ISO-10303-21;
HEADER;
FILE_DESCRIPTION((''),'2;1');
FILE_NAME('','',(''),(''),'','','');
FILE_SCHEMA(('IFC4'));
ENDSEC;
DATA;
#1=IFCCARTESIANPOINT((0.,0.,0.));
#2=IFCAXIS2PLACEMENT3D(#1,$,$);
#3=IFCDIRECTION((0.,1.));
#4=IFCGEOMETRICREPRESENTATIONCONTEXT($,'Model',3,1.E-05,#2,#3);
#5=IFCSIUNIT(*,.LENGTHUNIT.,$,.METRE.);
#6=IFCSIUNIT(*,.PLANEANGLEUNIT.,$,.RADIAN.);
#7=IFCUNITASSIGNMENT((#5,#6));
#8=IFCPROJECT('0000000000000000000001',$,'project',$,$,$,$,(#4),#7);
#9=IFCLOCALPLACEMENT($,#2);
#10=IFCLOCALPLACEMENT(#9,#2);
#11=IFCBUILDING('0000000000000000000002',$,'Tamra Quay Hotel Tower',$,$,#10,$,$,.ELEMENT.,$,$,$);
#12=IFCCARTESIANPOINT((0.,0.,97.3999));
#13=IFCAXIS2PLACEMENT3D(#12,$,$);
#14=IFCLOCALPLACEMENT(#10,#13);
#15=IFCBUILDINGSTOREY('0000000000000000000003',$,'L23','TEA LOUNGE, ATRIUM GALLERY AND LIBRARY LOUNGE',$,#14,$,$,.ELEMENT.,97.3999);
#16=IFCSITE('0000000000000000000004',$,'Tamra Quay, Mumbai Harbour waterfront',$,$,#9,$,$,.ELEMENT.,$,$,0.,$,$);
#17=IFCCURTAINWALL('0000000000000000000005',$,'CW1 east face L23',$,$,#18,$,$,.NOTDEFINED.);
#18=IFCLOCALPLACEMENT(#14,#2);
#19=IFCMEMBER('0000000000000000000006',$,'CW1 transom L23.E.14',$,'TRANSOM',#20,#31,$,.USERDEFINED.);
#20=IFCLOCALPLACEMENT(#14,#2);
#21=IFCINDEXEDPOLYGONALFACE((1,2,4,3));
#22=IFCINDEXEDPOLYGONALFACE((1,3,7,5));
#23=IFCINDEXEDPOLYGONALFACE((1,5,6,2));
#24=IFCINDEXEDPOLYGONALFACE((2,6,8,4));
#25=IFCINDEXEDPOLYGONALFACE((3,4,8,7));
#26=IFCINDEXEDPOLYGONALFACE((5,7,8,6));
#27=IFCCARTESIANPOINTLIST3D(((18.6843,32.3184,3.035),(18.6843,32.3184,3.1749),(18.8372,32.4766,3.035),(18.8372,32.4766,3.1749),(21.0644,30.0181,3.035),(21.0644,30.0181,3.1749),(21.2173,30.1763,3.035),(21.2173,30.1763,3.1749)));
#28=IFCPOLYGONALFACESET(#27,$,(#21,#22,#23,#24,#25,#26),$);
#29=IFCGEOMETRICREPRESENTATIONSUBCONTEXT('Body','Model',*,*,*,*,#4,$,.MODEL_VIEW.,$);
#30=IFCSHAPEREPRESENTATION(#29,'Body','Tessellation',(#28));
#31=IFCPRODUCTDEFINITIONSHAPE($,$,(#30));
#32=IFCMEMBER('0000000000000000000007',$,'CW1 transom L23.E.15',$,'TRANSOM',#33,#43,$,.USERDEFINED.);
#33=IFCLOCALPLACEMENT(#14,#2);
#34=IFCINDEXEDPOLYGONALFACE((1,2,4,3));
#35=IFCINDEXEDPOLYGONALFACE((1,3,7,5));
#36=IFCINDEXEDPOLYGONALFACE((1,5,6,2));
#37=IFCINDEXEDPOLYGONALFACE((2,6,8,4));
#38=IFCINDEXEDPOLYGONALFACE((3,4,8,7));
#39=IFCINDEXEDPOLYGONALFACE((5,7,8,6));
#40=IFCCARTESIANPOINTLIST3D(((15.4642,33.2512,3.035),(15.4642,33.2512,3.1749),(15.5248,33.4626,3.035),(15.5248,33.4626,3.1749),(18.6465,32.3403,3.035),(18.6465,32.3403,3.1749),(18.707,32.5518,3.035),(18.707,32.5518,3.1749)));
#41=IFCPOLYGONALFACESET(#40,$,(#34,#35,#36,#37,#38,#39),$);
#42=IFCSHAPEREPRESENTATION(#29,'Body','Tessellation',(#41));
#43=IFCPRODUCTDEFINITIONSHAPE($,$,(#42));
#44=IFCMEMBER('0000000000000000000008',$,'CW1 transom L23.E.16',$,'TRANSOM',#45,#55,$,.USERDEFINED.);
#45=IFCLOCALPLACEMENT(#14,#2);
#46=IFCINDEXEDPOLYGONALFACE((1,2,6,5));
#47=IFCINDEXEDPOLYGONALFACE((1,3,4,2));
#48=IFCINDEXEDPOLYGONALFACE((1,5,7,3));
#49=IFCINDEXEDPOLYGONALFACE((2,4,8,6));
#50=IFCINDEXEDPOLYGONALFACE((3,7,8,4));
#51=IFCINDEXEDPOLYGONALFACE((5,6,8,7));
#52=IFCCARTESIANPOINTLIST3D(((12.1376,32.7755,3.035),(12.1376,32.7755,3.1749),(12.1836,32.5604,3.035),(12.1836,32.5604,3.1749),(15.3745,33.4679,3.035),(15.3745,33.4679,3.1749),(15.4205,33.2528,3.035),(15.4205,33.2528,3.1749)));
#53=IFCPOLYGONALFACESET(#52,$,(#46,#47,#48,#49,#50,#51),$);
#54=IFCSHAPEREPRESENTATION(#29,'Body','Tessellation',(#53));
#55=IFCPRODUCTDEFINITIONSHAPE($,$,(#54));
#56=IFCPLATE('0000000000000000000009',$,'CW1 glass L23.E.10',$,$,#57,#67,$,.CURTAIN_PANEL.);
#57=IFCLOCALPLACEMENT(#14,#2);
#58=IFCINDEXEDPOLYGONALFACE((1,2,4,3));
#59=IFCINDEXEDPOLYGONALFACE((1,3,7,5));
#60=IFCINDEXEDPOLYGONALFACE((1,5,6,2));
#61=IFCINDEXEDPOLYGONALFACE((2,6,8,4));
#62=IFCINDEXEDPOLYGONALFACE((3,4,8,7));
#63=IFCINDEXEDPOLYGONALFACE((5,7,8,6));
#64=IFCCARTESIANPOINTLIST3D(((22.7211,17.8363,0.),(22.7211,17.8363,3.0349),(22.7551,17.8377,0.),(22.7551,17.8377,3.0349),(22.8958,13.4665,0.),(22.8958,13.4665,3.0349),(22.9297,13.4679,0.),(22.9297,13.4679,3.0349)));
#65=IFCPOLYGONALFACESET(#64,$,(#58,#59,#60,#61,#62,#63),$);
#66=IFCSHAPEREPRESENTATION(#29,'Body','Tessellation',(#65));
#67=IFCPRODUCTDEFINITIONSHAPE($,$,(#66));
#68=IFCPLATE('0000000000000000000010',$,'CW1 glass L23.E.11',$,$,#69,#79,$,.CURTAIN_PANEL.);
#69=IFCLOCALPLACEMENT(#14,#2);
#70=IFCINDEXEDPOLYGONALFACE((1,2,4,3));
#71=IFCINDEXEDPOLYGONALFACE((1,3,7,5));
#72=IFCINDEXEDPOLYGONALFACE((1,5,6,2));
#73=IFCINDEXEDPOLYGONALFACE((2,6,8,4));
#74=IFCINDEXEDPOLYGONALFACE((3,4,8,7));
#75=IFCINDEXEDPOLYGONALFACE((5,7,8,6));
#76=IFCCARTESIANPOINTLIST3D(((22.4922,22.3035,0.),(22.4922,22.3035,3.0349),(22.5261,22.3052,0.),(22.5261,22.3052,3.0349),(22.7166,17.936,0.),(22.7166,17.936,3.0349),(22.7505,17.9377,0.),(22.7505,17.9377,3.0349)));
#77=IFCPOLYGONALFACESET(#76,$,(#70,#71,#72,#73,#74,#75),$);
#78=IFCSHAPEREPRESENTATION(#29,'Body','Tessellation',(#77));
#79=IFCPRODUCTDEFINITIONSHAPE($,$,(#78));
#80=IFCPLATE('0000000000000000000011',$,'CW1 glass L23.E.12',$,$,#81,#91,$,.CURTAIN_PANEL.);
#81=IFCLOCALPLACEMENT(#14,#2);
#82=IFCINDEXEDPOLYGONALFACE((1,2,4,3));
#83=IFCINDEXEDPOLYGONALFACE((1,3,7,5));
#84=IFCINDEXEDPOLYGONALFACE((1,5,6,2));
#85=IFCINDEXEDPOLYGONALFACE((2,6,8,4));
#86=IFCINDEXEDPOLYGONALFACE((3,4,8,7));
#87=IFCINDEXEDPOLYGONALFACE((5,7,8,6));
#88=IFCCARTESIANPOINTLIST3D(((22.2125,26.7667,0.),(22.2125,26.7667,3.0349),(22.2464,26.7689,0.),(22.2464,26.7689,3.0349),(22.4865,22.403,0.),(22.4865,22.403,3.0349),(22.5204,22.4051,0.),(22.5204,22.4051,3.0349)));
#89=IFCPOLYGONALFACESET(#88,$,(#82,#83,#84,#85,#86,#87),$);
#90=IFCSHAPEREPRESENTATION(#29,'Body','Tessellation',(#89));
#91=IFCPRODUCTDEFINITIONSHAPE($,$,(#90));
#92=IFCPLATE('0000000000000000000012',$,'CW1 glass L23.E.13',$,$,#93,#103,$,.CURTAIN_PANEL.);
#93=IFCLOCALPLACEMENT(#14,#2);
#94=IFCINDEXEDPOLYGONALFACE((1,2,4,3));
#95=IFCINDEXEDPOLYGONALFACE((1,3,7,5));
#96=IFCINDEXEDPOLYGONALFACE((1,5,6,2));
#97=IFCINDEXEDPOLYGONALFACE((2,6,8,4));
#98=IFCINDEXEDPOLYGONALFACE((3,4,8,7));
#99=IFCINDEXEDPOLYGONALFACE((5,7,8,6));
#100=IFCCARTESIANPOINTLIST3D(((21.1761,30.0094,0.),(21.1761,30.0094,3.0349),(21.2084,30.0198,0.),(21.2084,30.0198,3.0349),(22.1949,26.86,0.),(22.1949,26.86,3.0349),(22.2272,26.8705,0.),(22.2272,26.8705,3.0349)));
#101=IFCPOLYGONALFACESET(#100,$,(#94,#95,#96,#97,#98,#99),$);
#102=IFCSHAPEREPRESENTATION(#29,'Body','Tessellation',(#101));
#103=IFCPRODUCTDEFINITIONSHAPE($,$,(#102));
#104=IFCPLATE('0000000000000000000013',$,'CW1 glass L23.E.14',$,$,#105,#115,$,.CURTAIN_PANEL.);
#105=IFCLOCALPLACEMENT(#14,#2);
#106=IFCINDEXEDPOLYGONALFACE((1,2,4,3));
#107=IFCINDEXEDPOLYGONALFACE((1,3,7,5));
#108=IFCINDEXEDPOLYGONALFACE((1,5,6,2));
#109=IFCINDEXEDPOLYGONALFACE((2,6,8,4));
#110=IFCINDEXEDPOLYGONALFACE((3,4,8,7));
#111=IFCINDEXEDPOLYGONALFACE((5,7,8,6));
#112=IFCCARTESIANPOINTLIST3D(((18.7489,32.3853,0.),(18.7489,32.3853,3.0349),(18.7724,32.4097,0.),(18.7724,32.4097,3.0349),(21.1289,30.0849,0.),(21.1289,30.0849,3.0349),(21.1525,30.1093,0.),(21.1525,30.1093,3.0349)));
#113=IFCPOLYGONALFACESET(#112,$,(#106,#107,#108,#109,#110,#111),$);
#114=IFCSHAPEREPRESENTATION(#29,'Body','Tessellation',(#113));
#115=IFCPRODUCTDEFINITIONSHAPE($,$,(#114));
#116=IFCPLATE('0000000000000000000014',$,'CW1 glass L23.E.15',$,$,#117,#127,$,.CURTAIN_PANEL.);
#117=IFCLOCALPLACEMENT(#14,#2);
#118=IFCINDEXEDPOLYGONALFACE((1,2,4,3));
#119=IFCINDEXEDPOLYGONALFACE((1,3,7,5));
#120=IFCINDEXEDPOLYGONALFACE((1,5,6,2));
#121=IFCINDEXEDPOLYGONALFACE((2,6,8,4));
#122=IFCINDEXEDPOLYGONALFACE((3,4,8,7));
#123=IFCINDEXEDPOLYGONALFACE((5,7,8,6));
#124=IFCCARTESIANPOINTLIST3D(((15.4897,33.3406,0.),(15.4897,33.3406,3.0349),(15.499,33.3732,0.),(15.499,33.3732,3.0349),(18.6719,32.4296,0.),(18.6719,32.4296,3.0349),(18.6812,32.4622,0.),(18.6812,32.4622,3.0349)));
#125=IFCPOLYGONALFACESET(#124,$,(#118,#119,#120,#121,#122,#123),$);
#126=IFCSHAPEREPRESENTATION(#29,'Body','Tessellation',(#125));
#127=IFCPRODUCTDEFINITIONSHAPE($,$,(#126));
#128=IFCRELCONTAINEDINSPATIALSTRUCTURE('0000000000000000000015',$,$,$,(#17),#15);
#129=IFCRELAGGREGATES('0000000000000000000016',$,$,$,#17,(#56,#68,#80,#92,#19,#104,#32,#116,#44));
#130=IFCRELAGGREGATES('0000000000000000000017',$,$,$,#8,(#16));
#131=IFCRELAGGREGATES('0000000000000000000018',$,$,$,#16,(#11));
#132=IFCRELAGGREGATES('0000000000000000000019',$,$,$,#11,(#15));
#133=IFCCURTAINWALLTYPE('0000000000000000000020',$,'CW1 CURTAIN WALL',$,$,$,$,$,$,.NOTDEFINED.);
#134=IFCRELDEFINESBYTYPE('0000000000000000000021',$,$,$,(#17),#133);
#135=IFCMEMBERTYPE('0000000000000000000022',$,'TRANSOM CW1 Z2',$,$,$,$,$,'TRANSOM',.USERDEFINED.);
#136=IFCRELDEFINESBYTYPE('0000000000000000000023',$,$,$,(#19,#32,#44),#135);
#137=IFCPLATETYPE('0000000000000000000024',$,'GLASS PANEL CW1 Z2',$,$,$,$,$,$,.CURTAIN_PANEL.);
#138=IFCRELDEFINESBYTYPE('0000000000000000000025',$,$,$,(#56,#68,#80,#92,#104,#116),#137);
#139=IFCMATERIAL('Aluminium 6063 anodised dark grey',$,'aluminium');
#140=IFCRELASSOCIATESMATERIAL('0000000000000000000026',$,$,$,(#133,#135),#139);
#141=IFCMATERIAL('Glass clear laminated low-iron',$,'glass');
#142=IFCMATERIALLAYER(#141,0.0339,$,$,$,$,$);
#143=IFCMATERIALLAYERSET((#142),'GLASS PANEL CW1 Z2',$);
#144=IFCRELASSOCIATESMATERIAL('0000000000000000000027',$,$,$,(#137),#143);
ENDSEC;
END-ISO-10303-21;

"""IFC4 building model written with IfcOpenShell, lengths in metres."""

from ifc_helpers import new_model, si_unit, direction, frame, origin, origin_2d, place, context, subcontext, project, spatial, rectangle, extrude, material, layer, layer_set, material_profile, profile_set, type_object, element, aggregate, save


model = new_model("IFC4")

# Units and contexts
model_context = context("Model", 3, precision=1e-05, world=origin(), true_north=direction((0.0, 1.0)))
body_context = subcontext(model_context, "Body", "Model", "MODEL_VIEW")
ifc_project = project(units=[si_unit("LENGTHUNIT", "METRE"), si_unit("PLANEANGLEUNIT", "RADIAN")], contexts=[model_context])

# Site, building, storey
site_placement = place(None, origin())
site = spatial("IfcSite", under=ifc_project, at=site_placement, Name="Tamra Quay, Mumbai Harbour waterfront", CompositionType="ELEMENT", RefElevation=0.0)
building_placement = place(site_placement, origin())
building = spatial("IfcBuilding", under=site, at=building_placement, Name="Tamra Quay Hotel Tower", CompositionType="ELEMENT")
storey_placement = place(building_placement, frame((0.0, 0.0, 97.3999)))
storey = spatial("IfcBuildingStorey", under=building, at=storey_placement, Name="L23", Description="TEA LOUNGE, ATRIUM GALLERY AND LIBRARY LOUNGE", CompositionType="ELEMENT", Elevation=97.3999)

# Curtain wall
ifc_material_1 = material(Name="Aluminium 6063 anodised dark grey", Category="aluminium")
curtain_wall_type = type_object("IfcCurtainWallType", Name="CW1 CURTAIN WALL", PredefinedType="NOTDEFINED", material=ifc_material_1)
curtain_wall_placement = place(storey_placement, origin())
curtain_wall = element("IfcCurtainWall", 1, at=curtain_wall_placement, inside=storey, type_object=curtain_wall_type, Name="CW1 east face L23", PredefinedType="NOTDEFINED")

# Members
ifc_material_profile_1 = material_profile(ifc_material_1, rectangle(XDim=0.22, YDim=0.1399, at=origin_2d()), Name="TRANSOM 220X140")
ifc_profile_set_1 = profile_set([ifc_material_profile_1], Name="Aluminium 6063 anodised dark grey")
member_type_1 = type_object("IfcMemberType", Name="TRANSOM CW1 Z2", ElementType="TRANSOM", PredefinedType="USERDEFINED", material=ifc_profile_set_1)
member_1_placement = place(storey_placement, frame((21.1409, 30.0972, 3.105), z_axis=(-0.719063, 0.694945, 0.0), x_axis=(-0.694945, -0.719063, 0.0)))
member_1 = element("IfcMember", 2, at=member_1_placement, type_object=member_type_1, Name="CW1 transom L23.E.14", ObjectType="TRANSOM", PredefinedType="USERDEFINED", context=body_context, shape_type="SweptSolid", body=[
    extrude(rectangle(XDim=0.22, YDim=0.1399, at=origin_2d()), origin(), (0.0, 0.0, 1.0), 3.3101),
])
member_2_placement = place(storey_placement, frame((18.6768, 32.446, 3.105), z_axis=(-0.961393, 0.275179, 0.0), x_axis=(-0.275179, -0.961393, 0.0)))
member_2 = element("IfcMember", 3, at=member_2_placement, type_object=member_type_1, Name="CW1 transom L23.E.15", ObjectType="TRANSOM", PredefinedType="USERDEFINED", context=body_context, shape_type="SweptSolid", body=[
    extrude(rectangle(XDim=0.22, YDim=0.1399, at=origin_2d()), origin(), (0.0, 0.0, 1.0), 3.3101),
])
member_3_placement = place(storey_placement, frame((15.3975, 33.3604, 3.105), z_axis=(-0.977878, -0.209176, 0.0), x_axis=(0.209176, -0.977878, 0.0)))
member_3 = element("IfcMember", 4, at=member_3_placement, type_object=member_type_1, Name="CW1 transom L23.E.16", ObjectType="TRANSOM", PredefinedType="USERDEFINED", context=body_context, shape_type="SweptSolid", body=[
    extrude(rectangle(XDim=0.22, YDim=0.1399, at=origin_2d()), origin(), (0.0, 0.0, 1.0), 3.3101),
])

# Plates
ifc_material_2 = material(Name="Glass clear laminated low-iron", Category="glass")
ifc_layer = layer(ifc_material_2, 0.0339)
ifc_layer_set = layer_set([ifc_layer], Name="GLASS PANEL CW1 Z2")
plate_type = type_object("IfcPlateType", Name="GLASS PANEL CW1 Z2", PredefinedType="CURTAIN_PANEL", material=ifc_layer_set)
plate_1_placement = place(storey_placement, frame((22.8254, 15.6521, 0.0), z_axis=(0.0, 0.0, 1.0), x_axis=(-0.039944, 0.999202, 0.0)))
plate_1 = element("IfcPlate", 5, at=plate_1_placement, type_object=plate_type, Name="CW1 glass L23.E.10", PredefinedType="CURTAIN_PANEL", context=body_context, shape_type="SweptSolid", body=[
    extrude(rectangle(XDim=4.3733, YDim=0.0339, at=origin_2d()), origin(), (0.0, 0.0, 1.0), 3.0349),
])
plate_2_placement = place(storey_placement, frame((22.6213, 20.1206, 0.0), z_axis=(0.0, 0.0, 1.0), x_axis=(-0.051321, 0.998682, 0.0)))
plate_2 = element("IfcPlate", 6, at=plate_2_placement, type_object=plate_type, Name="CW1 glass L23.E.11", PredefinedType="CURTAIN_PANEL", context=body_context, shape_type="SweptSolid", body=[
    extrude(rectangle(XDim=4.3733, YDim=0.0339, at=origin_2d()), origin(), (0.0, 0.0, 1.0), 3.0349),
])
plate_3_placement = place(storey_placement, frame((22.3665, 24.5859, 0.0), z_axis=(0.0, 0.0, 1.0), x_axis=(-0.06267, 0.998034, 0.0)))
plate_3 = element("IfcPlate", 7, at=plate_3_placement, type_object=plate_type, Name="CW1 glass L23.E.12", PredefinedType="CURTAIN_PANEL", context=body_context, shape_type="SweptSolid", body=[
    extrude(rectangle(XDim=4.3723, YDim=0.0339, at=origin_2d()), origin(), (0.0, 0.0, 1.0), 3.0349),
])
plate_4_placement = place(storey_placement, frame((21.7017, 28.4399, 0.0), z_axis=(0.0, 0.0, 1.0), x_axis=(-0.307791, 0.951454, 0.0)))
plate_4 = element("IfcPlate", 8, at=plate_4_placement, type_object=plate_type, Name="CW1 glass L23.E.13", PredefinedType="CURTAIN_PANEL", context=body_context, shape_type="SweptSolid", body=[
    extrude(rectangle(XDim=3.3101, YDim=0.0339, at=origin_2d()), origin(), (0.0, 0.0, 1.0), 3.0349),
])
plate_5_placement = place(storey_placement, frame((19.9507, 31.2473, 0.0), z_axis=(0.0, 0.0, 1.0), x_axis=(-0.719041, 0.694967, 0.0)))
plate_5 = element("IfcPlate", 9, at=plate_5_placement, type_object=plate_type, Name="CW1 glass L23.E.14", PredefinedType="CURTAIN_PANEL", context=body_context, shape_type="SweptSolid", body=[
    extrude(rectangle(XDim=3.3101, YDim=0.0339, at=origin_2d()), origin(), (0.0, 0.0, 1.0), 3.0349),
])
plate_6_placement = place(storey_placement, frame((17.0854, 32.9014, 0.0), z_axis=(0.0, 0.0, 1.0), x_axis=(-0.96138, 0.275224, 0.0)))
plate_6 = element("IfcPlate", 10, at=plate_6_placement, type_object=plate_type, Name="CW1 glass L23.E.15", PredefinedType="CURTAIN_PANEL", context=body_context, shape_type="SweptSolid", body=[
    extrude(rectangle(XDim=3.3101, YDim=0.0339, at=origin_2d()), origin(), (0.0, 0.0, 1.0), 3.0349),
])
aggregate(curtain_wall, [plate_1, plate_2, plate_3, plate_4, member_1, plate_5, member_2, plate_6, member_3])

save(model, "model.ifc")
